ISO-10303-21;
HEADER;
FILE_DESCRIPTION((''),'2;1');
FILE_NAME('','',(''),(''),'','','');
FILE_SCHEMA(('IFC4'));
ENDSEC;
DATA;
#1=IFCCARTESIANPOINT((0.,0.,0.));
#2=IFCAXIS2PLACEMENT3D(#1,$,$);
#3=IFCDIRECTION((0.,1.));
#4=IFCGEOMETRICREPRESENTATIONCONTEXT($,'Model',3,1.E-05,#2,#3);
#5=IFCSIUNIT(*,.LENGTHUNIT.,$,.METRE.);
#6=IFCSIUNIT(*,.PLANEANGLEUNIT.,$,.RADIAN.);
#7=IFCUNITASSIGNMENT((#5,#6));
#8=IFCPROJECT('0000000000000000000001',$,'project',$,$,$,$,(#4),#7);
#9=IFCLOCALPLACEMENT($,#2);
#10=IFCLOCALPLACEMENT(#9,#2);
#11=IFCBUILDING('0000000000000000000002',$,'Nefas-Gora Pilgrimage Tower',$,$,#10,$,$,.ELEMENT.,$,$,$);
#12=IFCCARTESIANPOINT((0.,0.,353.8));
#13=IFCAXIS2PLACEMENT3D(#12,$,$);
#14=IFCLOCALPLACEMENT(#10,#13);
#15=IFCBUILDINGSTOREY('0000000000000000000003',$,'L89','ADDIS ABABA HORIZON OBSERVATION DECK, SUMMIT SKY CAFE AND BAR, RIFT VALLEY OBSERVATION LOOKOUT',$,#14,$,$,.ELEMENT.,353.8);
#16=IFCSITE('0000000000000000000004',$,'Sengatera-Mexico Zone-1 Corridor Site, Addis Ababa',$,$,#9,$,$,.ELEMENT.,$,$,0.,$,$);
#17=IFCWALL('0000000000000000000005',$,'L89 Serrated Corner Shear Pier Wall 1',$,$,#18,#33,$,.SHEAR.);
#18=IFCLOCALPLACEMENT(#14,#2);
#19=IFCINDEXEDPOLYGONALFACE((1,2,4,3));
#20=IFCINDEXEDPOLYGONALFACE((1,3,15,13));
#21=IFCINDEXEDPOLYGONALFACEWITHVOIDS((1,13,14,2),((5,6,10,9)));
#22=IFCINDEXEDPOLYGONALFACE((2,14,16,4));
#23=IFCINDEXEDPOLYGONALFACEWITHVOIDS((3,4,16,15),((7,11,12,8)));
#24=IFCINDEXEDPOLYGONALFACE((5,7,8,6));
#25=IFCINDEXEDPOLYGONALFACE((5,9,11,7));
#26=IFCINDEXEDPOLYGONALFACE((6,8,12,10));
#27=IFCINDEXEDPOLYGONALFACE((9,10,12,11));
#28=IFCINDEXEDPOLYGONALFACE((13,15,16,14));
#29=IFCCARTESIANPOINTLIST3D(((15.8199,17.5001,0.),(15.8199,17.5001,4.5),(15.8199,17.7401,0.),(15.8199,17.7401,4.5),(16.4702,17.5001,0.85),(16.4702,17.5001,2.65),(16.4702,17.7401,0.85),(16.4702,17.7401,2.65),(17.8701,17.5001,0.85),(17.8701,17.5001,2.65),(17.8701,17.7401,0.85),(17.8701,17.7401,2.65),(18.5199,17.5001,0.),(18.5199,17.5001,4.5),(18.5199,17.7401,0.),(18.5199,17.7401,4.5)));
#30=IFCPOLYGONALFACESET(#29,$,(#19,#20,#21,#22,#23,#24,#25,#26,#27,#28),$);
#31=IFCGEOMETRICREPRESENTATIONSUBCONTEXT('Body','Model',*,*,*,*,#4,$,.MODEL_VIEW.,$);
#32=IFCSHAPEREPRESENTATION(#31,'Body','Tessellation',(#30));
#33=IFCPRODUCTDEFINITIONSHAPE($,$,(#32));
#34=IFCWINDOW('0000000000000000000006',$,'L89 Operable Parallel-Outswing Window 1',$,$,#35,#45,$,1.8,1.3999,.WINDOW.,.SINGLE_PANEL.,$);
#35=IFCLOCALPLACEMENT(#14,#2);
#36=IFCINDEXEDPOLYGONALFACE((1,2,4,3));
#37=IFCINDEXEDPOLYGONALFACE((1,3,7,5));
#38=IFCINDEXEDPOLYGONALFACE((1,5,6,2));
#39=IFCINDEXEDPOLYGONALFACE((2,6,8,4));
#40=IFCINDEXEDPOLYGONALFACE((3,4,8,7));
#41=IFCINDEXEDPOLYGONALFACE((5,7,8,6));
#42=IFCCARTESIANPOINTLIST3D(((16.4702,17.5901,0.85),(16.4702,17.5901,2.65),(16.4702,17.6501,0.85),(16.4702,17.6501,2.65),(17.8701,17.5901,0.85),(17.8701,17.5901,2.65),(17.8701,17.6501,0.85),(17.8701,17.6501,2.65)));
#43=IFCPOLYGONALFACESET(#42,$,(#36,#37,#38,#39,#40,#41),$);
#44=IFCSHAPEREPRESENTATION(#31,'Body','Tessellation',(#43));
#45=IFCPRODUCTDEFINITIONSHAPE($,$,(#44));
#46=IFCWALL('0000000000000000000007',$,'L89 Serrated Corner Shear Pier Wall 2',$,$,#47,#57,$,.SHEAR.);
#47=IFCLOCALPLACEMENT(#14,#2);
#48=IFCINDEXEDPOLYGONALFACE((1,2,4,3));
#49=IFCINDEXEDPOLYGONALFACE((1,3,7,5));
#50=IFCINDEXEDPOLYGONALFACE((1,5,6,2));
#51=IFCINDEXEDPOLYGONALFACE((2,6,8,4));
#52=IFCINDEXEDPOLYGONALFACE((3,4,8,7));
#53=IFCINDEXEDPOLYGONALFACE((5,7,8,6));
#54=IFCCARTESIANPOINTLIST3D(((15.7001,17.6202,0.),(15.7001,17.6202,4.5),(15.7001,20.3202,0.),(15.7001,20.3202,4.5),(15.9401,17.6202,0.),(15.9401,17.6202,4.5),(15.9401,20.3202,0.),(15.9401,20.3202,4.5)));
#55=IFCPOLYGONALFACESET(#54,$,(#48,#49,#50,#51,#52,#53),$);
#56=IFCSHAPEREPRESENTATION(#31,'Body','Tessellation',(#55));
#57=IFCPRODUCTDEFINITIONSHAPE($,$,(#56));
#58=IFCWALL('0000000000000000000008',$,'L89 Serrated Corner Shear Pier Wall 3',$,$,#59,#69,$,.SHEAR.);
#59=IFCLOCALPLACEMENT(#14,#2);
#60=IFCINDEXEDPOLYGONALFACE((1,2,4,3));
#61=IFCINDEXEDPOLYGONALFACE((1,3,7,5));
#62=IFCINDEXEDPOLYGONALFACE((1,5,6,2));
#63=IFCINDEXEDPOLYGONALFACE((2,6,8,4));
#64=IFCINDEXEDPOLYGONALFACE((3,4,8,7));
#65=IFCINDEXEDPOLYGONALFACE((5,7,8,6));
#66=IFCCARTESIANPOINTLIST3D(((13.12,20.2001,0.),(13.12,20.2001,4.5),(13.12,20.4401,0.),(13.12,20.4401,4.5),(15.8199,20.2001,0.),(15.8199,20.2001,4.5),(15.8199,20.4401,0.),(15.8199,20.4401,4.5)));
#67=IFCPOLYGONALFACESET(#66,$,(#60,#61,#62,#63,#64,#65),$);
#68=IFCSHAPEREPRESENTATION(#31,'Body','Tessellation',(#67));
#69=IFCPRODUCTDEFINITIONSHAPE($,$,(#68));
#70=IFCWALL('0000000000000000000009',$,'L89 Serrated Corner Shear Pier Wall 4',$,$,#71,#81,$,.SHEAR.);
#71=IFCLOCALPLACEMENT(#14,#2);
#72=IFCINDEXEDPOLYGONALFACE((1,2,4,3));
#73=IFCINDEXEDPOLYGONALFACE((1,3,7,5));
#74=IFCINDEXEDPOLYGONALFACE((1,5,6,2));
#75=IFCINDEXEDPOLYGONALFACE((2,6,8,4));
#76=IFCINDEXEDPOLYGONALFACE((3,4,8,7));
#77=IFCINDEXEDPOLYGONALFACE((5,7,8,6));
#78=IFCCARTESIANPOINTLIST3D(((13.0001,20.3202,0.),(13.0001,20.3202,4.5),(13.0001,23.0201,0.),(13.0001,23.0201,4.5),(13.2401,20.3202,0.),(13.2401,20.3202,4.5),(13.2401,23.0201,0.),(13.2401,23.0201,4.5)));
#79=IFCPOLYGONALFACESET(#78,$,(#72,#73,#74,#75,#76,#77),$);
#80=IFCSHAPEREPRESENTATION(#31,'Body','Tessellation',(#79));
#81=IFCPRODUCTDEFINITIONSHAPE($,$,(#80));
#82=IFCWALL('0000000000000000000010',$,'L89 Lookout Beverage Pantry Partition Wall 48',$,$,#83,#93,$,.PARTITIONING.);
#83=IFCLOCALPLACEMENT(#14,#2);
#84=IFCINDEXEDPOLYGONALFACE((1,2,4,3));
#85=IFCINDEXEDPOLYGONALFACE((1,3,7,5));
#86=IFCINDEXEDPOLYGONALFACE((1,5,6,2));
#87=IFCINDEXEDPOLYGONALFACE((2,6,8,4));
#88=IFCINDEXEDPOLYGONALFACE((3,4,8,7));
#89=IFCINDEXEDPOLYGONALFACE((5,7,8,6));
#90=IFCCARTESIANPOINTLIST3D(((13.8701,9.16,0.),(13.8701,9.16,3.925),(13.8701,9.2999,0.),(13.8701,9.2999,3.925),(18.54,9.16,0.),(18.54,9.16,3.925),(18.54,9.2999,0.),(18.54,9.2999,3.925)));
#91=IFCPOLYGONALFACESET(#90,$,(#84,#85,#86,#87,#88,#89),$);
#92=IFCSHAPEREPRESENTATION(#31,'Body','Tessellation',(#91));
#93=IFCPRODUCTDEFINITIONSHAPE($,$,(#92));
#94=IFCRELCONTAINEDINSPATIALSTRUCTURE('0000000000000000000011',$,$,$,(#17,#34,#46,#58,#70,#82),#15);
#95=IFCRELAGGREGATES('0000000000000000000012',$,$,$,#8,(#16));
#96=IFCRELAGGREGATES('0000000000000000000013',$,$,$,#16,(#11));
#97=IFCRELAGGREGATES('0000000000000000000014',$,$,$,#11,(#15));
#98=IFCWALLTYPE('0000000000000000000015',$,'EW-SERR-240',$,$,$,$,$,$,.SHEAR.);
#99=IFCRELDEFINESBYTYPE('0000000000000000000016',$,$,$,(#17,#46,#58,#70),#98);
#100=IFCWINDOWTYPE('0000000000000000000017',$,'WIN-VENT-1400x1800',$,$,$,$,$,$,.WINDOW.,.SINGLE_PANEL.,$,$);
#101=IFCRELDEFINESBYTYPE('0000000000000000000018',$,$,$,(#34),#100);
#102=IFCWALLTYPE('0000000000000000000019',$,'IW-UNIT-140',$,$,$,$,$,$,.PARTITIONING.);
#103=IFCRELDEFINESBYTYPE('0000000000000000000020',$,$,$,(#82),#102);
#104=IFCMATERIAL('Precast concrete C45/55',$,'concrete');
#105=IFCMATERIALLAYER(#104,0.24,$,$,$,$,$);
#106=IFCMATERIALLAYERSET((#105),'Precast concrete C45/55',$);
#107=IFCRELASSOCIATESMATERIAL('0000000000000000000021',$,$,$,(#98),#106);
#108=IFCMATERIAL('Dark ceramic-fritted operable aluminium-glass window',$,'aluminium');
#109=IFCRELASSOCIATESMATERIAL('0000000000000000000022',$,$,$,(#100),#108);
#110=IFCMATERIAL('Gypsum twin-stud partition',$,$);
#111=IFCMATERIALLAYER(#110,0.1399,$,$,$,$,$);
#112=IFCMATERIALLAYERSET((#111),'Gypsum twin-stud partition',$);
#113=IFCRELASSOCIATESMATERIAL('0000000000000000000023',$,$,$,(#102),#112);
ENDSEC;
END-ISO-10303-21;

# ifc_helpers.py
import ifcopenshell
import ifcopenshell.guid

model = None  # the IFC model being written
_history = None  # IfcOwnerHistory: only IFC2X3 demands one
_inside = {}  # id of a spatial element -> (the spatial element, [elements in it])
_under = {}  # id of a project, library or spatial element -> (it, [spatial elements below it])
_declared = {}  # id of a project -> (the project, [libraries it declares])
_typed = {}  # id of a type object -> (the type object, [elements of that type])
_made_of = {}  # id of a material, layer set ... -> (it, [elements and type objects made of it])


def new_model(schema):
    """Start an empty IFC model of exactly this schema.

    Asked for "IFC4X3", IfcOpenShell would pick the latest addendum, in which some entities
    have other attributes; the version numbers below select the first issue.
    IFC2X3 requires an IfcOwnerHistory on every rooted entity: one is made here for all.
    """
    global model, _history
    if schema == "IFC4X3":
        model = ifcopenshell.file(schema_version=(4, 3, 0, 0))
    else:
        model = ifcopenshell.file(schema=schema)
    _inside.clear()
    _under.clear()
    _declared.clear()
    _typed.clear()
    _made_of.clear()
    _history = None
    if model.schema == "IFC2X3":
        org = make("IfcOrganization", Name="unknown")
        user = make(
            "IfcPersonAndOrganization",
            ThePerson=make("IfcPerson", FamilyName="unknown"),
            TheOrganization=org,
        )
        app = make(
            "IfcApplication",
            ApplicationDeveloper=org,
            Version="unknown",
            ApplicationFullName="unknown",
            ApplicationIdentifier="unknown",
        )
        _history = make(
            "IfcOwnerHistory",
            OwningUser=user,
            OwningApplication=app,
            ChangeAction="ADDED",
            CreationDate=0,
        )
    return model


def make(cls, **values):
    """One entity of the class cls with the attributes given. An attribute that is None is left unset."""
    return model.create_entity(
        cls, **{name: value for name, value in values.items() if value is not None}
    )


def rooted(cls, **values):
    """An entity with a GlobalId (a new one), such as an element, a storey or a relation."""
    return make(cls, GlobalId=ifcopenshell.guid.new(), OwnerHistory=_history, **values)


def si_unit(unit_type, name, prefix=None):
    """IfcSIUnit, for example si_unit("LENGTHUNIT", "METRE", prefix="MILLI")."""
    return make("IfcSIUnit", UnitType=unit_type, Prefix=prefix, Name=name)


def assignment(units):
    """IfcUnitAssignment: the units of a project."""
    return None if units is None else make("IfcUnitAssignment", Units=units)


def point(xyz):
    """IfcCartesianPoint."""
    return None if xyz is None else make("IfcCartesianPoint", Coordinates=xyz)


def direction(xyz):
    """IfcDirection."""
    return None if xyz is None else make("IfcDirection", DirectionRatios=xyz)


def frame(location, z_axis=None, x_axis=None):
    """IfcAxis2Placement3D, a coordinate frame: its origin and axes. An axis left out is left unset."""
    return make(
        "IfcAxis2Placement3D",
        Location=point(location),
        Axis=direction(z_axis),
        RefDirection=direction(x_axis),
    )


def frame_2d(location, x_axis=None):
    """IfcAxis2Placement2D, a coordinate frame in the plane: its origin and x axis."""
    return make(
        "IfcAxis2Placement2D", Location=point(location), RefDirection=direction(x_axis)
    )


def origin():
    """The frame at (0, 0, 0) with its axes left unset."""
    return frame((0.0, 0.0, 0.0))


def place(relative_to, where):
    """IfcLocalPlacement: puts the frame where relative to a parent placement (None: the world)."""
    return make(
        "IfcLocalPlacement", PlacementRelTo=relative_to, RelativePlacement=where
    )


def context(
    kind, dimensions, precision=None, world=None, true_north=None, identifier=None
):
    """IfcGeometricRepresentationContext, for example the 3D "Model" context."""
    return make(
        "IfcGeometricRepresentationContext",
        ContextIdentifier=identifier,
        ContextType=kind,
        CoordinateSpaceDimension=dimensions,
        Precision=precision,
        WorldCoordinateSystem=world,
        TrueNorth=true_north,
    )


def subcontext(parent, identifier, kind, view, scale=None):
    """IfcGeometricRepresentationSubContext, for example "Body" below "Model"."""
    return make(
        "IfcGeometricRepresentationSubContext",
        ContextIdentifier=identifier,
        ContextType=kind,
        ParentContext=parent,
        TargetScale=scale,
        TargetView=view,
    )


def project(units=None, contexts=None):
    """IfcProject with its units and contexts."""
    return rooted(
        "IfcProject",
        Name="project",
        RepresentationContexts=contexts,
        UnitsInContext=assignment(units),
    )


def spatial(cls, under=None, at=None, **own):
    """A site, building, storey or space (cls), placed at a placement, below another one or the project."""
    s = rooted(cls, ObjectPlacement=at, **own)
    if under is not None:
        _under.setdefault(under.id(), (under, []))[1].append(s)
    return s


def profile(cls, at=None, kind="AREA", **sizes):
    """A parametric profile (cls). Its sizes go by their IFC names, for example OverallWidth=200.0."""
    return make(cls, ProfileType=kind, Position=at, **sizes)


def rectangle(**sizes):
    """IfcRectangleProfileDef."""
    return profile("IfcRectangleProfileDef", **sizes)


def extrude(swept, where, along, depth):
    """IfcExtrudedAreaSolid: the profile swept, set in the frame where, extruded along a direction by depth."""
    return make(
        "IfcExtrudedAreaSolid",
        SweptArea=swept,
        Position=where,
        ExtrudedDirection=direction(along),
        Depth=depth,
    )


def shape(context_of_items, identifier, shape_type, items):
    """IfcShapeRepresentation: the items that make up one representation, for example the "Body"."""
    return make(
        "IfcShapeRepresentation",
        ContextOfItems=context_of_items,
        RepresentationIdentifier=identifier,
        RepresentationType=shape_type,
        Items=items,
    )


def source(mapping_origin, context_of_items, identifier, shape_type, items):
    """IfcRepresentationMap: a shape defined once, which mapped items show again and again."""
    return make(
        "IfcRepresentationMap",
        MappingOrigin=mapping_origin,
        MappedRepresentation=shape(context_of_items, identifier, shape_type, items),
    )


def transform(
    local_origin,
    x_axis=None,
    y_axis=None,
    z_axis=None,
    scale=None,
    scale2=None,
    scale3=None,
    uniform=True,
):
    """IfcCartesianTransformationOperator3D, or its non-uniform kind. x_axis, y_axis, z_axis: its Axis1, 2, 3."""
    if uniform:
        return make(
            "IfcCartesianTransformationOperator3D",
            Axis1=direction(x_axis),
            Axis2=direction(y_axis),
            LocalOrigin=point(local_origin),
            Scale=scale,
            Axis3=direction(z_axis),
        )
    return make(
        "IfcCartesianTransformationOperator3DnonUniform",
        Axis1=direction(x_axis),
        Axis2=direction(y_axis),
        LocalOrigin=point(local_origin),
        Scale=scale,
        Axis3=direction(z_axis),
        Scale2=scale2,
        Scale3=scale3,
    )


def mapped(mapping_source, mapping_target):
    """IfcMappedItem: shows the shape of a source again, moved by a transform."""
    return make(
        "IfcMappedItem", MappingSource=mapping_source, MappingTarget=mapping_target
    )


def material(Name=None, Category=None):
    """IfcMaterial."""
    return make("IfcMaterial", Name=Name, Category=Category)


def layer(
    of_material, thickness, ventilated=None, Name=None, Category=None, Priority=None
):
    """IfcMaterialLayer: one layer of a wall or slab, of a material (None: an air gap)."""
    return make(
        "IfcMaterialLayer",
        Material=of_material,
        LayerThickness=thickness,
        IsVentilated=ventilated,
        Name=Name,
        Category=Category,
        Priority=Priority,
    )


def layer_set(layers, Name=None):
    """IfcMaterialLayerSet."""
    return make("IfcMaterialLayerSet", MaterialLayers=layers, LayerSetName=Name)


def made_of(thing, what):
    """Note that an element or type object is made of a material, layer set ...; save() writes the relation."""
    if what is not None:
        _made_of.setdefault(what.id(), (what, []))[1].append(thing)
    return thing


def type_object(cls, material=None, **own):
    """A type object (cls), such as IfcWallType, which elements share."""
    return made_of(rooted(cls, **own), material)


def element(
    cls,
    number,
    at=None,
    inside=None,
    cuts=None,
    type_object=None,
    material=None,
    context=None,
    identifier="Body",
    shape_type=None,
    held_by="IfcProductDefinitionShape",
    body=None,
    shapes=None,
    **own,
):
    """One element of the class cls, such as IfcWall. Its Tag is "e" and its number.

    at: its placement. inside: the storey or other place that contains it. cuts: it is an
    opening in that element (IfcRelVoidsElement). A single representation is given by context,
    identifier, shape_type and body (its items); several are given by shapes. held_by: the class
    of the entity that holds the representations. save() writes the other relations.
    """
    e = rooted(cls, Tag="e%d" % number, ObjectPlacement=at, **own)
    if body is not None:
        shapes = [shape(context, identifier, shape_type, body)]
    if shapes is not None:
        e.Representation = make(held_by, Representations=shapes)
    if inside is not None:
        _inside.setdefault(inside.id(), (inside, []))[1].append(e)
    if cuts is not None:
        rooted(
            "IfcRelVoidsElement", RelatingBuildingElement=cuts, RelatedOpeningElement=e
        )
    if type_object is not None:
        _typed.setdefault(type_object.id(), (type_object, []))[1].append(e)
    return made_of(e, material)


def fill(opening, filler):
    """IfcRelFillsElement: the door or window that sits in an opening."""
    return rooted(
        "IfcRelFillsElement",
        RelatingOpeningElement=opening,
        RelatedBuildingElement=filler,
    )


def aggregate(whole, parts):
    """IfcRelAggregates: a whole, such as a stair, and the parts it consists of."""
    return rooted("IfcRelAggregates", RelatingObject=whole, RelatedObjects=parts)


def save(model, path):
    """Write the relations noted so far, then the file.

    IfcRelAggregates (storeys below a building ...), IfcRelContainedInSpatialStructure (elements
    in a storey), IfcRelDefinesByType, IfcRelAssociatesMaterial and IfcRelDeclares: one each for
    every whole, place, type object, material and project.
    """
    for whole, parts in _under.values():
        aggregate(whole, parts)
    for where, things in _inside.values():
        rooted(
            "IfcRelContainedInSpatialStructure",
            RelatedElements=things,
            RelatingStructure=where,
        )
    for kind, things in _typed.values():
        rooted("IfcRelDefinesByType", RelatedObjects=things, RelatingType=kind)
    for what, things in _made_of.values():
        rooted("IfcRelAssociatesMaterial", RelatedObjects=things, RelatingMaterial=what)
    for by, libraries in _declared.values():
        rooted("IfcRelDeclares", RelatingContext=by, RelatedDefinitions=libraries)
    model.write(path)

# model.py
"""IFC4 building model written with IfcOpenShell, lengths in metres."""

from ifc_helpers import new_model, si_unit, direction, frame, frame_2d, origin, place, context, subcontext, project, spatial, rectangle, extrude, source, transform, mapped, material, layer, layer_set, type_object, element, fill, save


model = new_model("IFC4")

# Units and contexts
model_context = context("Model", 3, precision=1e-05, world=origin(), true_north=direction((0.0, 1.0)))
body_context = subcontext(model_context, "Body", "Model", "MODEL_VIEW")
ifc_project = project(units=[si_unit("LENGTHUNIT", "METRE"), si_unit("PLANEANGLEUNIT", "RADIAN")], contexts=[model_context])

# Site, building, storey
site_placement = place(None, origin())
site = spatial("IfcSite", under=ifc_project, at=site_placement, Name="Sengatera-Mexico Zone-1 Corridor Site, Addis Ababa", CompositionType="ELEMENT", RefElevation=0.0)
building_placement = place(site_placement, origin())
building = spatial("IfcBuilding", under=site, at=building_placement, Name="Nefas-Gora Pilgrimage Tower", CompositionType="ELEMENT")
storey_placement = place(building_placement, frame((0.0, 0.0, 353.8)))
storey = spatial("IfcBuildingStorey", under=building, at=storey_placement, Name="L89", Description="ADDIS ABABA HORIZON OBSERVATION DECK, SUMMIT SKY CAFE AND BAR, RIFT VALLEY OBSERVATION LOOKOUT", CompositionType="ELEMENT", Elevation=353.8)

# Wall, opening, window
ifc_material_1 = material(Name="Precast concrete C45/55", Category="concrete")
ifc_layer_1 = layer(ifc_material_1, 0.24)
ifc_layer_set_1 = layer_set([ifc_layer_1], Name="Precast concrete C45/55")
wall_type_1 = type_object("IfcWallType", Name="EW-SERR-240", PredefinedType="SHEAR", material=ifc_layer_set_1)
shared_shape_1 = source(origin(), body_context, "Body", "SweptSolid", [
    extrude(rectangle(XDim=2.7, YDim=0.24, at=frame_2d((1.3501, 0.0))), origin(), (0.0, 0.0, 1.0), 4.5),
])
wall_1_placement = place(storey_placement, frame((18.52, 17.6201, 0.0), z_axis=(0.0, 0.0, 1.0), x_axis=(-1.0, 0.0, 0.0)))
wall_1 = element("IfcWall", 1, at=wall_1_placement, inside=storey, type_object=wall_type_1, Name="L89 Serrated Corner Shear Pier Wall 1", PredefinedType="SHEAR", context=body_context, shape_type="MappedRepresentation", body=[
    mapped(shared_shape_1, transform((0.0, 0.0, 0.0), x_axis=(1.0, 0.0, 0.0), y_axis=(0.0, 1.0, 0.0), z_axis=(0.0, 0.0, 1.0), scale=1.0)),
])
opening_placement = place(wall_1_placement, frame((0.6499, 0.0, 0.8501)))
opening = element("IfcOpeningElement", 2, at=opening_placement, cuts=wall_1, PredefinedType="OPENING", context=body_context, shape_type="SweptSolid", body=[
    extrude(rectangle(XDim=1.3999, YDim=1.8, at=frame_2d((0.7, 0.8999))), frame((0.0, 0.1299, 0.0), z_axis=(0.0, -1.0, 0.0), x_axis=(1.0, 0.0, 0.0)), (0.0, 0.0, 1.0), 0.26),
])
ifc_material_2 = material(Name="Dark ceramic-fritted operable aluminium-glass window", Category="aluminium")
window_type = type_object("IfcWindowType", Name="WIN-VENT-1400x1800", PartitioningType="SINGLE_PANEL", PredefinedType="WINDOW", material=ifc_material_2)
shared_shape_2 = source(origin(), body_context, "Body", "SweptSolid", [
    extrude(rectangle(XDim=1.3999, YDim=1.8, at=frame_2d((0.7, 0.8999))), frame((0.0, 0.03, 0.0), z_axis=(0.0, -1.0, 0.0), x_axis=(1.0, 0.0, 0.0)), (0.0, 0.0, 1.0), 0.0601),
])
window_placement = place(opening_placement, origin())
window = element("IfcWindow", 3, at=window_placement, inside=storey, type_object=window_type, Name="L89 Operable Parallel-Outswing Window 1", OverallHeight=1.8, OverallWidth=1.3999, PartitioningType="SINGLE_PANEL", PredefinedType="WINDOW", context=body_context, shape_type="MappedRepresentation", body=[
    mapped(shared_shape_2, transform((0.0, 0.0, 0.0), x_axis=(1.0, 0.0, 0.0), y_axis=(0.0, 1.0, 0.0), z_axis=(0.0, 0.0, 1.0), scale=1.0)),
])
fill(opening, window)

# Walls
for number, where, z_axis, x_axis, name in (
    (4, (15.8201, 17.6201, 0.0), (0.0, 0.0, 1.0), (0.0, 1.0, 0.0), "L89 Serrated Corner Shear Pier Wall 2"),
    (5, (15.8201, 20.3201, 0.0), (0.0, 0.0, 1.0), (-1.0, 0.0, 0.0), "L89 Serrated Corner Shear Pier Wall 3"),
    (6, (13.1201, 20.3201, 0.0), (0.0, 0.0, 1.0), (0.0, 1.0, 0.0), "L89 Serrated Corner Shear Pier Wall 4"),
):
    element("IfcWall", number, at=place(storey_placement, frame(where, z_axis=z_axis, x_axis=x_axis)), inside=storey, type_object=wall_type_1, Name=name, PredefinedType="SHEAR", context=body_context, shape_type="MappedRepresentation", body=[
        mapped(shared_shape_1, transform((0.0, 0.0, 0.0), x_axis=(1.0, 0.0, 0.0), y_axis=(0.0, 1.0, 0.0), z_axis=(0.0, 0.0, 1.0), scale=1.0)),
    ])
ifc_material_3 = material(Name="Gypsum twin-stud partition")
ifc_layer_2 = layer(ifc_material_3, 0.1399)
ifc_layer_set_2 = layer_set([ifc_layer_2], Name="Gypsum twin-stud partition")
wall_type_2 = type_object("IfcWallType", Name="IW-UNIT-140", PredefinedType="PARTITIONING", material=ifc_layer_set_2)
shared_shape_3 = source(origin(), body_context, "Body", "SweptSolid", [
    extrude(rectangle(XDim=4.6699, YDim=0.1399, at=frame_2d((2.335, 0.0))), origin(), (0.0, 0.0, 1.0), 3.925),
])
wall_2_placement = place(storey_placement, frame((13.8701, 9.23, 0.0), z_axis=(0.0, 0.0, 1.0), x_axis=(1.0, 0.0, 0.0)))
element("IfcWall", 7, at=wall_2_placement, inside=storey, type_object=wall_type_2, Name="L89 Lookout Beverage Pantry Partition Wall 48", PredefinedType="PARTITIONING", context=body_context, shape_type="MappedRepresentation", body=[
    mapped(shared_shape_3, transform((0.0, 0.0, 0.0), x_axis=(1.0, 0.0, 0.0), y_axis=(0.0, 1.0, 0.0), z_axis=(0.0, 0.0, 1.0), scale=1.0)),
])

save(model, "model.ifc")
